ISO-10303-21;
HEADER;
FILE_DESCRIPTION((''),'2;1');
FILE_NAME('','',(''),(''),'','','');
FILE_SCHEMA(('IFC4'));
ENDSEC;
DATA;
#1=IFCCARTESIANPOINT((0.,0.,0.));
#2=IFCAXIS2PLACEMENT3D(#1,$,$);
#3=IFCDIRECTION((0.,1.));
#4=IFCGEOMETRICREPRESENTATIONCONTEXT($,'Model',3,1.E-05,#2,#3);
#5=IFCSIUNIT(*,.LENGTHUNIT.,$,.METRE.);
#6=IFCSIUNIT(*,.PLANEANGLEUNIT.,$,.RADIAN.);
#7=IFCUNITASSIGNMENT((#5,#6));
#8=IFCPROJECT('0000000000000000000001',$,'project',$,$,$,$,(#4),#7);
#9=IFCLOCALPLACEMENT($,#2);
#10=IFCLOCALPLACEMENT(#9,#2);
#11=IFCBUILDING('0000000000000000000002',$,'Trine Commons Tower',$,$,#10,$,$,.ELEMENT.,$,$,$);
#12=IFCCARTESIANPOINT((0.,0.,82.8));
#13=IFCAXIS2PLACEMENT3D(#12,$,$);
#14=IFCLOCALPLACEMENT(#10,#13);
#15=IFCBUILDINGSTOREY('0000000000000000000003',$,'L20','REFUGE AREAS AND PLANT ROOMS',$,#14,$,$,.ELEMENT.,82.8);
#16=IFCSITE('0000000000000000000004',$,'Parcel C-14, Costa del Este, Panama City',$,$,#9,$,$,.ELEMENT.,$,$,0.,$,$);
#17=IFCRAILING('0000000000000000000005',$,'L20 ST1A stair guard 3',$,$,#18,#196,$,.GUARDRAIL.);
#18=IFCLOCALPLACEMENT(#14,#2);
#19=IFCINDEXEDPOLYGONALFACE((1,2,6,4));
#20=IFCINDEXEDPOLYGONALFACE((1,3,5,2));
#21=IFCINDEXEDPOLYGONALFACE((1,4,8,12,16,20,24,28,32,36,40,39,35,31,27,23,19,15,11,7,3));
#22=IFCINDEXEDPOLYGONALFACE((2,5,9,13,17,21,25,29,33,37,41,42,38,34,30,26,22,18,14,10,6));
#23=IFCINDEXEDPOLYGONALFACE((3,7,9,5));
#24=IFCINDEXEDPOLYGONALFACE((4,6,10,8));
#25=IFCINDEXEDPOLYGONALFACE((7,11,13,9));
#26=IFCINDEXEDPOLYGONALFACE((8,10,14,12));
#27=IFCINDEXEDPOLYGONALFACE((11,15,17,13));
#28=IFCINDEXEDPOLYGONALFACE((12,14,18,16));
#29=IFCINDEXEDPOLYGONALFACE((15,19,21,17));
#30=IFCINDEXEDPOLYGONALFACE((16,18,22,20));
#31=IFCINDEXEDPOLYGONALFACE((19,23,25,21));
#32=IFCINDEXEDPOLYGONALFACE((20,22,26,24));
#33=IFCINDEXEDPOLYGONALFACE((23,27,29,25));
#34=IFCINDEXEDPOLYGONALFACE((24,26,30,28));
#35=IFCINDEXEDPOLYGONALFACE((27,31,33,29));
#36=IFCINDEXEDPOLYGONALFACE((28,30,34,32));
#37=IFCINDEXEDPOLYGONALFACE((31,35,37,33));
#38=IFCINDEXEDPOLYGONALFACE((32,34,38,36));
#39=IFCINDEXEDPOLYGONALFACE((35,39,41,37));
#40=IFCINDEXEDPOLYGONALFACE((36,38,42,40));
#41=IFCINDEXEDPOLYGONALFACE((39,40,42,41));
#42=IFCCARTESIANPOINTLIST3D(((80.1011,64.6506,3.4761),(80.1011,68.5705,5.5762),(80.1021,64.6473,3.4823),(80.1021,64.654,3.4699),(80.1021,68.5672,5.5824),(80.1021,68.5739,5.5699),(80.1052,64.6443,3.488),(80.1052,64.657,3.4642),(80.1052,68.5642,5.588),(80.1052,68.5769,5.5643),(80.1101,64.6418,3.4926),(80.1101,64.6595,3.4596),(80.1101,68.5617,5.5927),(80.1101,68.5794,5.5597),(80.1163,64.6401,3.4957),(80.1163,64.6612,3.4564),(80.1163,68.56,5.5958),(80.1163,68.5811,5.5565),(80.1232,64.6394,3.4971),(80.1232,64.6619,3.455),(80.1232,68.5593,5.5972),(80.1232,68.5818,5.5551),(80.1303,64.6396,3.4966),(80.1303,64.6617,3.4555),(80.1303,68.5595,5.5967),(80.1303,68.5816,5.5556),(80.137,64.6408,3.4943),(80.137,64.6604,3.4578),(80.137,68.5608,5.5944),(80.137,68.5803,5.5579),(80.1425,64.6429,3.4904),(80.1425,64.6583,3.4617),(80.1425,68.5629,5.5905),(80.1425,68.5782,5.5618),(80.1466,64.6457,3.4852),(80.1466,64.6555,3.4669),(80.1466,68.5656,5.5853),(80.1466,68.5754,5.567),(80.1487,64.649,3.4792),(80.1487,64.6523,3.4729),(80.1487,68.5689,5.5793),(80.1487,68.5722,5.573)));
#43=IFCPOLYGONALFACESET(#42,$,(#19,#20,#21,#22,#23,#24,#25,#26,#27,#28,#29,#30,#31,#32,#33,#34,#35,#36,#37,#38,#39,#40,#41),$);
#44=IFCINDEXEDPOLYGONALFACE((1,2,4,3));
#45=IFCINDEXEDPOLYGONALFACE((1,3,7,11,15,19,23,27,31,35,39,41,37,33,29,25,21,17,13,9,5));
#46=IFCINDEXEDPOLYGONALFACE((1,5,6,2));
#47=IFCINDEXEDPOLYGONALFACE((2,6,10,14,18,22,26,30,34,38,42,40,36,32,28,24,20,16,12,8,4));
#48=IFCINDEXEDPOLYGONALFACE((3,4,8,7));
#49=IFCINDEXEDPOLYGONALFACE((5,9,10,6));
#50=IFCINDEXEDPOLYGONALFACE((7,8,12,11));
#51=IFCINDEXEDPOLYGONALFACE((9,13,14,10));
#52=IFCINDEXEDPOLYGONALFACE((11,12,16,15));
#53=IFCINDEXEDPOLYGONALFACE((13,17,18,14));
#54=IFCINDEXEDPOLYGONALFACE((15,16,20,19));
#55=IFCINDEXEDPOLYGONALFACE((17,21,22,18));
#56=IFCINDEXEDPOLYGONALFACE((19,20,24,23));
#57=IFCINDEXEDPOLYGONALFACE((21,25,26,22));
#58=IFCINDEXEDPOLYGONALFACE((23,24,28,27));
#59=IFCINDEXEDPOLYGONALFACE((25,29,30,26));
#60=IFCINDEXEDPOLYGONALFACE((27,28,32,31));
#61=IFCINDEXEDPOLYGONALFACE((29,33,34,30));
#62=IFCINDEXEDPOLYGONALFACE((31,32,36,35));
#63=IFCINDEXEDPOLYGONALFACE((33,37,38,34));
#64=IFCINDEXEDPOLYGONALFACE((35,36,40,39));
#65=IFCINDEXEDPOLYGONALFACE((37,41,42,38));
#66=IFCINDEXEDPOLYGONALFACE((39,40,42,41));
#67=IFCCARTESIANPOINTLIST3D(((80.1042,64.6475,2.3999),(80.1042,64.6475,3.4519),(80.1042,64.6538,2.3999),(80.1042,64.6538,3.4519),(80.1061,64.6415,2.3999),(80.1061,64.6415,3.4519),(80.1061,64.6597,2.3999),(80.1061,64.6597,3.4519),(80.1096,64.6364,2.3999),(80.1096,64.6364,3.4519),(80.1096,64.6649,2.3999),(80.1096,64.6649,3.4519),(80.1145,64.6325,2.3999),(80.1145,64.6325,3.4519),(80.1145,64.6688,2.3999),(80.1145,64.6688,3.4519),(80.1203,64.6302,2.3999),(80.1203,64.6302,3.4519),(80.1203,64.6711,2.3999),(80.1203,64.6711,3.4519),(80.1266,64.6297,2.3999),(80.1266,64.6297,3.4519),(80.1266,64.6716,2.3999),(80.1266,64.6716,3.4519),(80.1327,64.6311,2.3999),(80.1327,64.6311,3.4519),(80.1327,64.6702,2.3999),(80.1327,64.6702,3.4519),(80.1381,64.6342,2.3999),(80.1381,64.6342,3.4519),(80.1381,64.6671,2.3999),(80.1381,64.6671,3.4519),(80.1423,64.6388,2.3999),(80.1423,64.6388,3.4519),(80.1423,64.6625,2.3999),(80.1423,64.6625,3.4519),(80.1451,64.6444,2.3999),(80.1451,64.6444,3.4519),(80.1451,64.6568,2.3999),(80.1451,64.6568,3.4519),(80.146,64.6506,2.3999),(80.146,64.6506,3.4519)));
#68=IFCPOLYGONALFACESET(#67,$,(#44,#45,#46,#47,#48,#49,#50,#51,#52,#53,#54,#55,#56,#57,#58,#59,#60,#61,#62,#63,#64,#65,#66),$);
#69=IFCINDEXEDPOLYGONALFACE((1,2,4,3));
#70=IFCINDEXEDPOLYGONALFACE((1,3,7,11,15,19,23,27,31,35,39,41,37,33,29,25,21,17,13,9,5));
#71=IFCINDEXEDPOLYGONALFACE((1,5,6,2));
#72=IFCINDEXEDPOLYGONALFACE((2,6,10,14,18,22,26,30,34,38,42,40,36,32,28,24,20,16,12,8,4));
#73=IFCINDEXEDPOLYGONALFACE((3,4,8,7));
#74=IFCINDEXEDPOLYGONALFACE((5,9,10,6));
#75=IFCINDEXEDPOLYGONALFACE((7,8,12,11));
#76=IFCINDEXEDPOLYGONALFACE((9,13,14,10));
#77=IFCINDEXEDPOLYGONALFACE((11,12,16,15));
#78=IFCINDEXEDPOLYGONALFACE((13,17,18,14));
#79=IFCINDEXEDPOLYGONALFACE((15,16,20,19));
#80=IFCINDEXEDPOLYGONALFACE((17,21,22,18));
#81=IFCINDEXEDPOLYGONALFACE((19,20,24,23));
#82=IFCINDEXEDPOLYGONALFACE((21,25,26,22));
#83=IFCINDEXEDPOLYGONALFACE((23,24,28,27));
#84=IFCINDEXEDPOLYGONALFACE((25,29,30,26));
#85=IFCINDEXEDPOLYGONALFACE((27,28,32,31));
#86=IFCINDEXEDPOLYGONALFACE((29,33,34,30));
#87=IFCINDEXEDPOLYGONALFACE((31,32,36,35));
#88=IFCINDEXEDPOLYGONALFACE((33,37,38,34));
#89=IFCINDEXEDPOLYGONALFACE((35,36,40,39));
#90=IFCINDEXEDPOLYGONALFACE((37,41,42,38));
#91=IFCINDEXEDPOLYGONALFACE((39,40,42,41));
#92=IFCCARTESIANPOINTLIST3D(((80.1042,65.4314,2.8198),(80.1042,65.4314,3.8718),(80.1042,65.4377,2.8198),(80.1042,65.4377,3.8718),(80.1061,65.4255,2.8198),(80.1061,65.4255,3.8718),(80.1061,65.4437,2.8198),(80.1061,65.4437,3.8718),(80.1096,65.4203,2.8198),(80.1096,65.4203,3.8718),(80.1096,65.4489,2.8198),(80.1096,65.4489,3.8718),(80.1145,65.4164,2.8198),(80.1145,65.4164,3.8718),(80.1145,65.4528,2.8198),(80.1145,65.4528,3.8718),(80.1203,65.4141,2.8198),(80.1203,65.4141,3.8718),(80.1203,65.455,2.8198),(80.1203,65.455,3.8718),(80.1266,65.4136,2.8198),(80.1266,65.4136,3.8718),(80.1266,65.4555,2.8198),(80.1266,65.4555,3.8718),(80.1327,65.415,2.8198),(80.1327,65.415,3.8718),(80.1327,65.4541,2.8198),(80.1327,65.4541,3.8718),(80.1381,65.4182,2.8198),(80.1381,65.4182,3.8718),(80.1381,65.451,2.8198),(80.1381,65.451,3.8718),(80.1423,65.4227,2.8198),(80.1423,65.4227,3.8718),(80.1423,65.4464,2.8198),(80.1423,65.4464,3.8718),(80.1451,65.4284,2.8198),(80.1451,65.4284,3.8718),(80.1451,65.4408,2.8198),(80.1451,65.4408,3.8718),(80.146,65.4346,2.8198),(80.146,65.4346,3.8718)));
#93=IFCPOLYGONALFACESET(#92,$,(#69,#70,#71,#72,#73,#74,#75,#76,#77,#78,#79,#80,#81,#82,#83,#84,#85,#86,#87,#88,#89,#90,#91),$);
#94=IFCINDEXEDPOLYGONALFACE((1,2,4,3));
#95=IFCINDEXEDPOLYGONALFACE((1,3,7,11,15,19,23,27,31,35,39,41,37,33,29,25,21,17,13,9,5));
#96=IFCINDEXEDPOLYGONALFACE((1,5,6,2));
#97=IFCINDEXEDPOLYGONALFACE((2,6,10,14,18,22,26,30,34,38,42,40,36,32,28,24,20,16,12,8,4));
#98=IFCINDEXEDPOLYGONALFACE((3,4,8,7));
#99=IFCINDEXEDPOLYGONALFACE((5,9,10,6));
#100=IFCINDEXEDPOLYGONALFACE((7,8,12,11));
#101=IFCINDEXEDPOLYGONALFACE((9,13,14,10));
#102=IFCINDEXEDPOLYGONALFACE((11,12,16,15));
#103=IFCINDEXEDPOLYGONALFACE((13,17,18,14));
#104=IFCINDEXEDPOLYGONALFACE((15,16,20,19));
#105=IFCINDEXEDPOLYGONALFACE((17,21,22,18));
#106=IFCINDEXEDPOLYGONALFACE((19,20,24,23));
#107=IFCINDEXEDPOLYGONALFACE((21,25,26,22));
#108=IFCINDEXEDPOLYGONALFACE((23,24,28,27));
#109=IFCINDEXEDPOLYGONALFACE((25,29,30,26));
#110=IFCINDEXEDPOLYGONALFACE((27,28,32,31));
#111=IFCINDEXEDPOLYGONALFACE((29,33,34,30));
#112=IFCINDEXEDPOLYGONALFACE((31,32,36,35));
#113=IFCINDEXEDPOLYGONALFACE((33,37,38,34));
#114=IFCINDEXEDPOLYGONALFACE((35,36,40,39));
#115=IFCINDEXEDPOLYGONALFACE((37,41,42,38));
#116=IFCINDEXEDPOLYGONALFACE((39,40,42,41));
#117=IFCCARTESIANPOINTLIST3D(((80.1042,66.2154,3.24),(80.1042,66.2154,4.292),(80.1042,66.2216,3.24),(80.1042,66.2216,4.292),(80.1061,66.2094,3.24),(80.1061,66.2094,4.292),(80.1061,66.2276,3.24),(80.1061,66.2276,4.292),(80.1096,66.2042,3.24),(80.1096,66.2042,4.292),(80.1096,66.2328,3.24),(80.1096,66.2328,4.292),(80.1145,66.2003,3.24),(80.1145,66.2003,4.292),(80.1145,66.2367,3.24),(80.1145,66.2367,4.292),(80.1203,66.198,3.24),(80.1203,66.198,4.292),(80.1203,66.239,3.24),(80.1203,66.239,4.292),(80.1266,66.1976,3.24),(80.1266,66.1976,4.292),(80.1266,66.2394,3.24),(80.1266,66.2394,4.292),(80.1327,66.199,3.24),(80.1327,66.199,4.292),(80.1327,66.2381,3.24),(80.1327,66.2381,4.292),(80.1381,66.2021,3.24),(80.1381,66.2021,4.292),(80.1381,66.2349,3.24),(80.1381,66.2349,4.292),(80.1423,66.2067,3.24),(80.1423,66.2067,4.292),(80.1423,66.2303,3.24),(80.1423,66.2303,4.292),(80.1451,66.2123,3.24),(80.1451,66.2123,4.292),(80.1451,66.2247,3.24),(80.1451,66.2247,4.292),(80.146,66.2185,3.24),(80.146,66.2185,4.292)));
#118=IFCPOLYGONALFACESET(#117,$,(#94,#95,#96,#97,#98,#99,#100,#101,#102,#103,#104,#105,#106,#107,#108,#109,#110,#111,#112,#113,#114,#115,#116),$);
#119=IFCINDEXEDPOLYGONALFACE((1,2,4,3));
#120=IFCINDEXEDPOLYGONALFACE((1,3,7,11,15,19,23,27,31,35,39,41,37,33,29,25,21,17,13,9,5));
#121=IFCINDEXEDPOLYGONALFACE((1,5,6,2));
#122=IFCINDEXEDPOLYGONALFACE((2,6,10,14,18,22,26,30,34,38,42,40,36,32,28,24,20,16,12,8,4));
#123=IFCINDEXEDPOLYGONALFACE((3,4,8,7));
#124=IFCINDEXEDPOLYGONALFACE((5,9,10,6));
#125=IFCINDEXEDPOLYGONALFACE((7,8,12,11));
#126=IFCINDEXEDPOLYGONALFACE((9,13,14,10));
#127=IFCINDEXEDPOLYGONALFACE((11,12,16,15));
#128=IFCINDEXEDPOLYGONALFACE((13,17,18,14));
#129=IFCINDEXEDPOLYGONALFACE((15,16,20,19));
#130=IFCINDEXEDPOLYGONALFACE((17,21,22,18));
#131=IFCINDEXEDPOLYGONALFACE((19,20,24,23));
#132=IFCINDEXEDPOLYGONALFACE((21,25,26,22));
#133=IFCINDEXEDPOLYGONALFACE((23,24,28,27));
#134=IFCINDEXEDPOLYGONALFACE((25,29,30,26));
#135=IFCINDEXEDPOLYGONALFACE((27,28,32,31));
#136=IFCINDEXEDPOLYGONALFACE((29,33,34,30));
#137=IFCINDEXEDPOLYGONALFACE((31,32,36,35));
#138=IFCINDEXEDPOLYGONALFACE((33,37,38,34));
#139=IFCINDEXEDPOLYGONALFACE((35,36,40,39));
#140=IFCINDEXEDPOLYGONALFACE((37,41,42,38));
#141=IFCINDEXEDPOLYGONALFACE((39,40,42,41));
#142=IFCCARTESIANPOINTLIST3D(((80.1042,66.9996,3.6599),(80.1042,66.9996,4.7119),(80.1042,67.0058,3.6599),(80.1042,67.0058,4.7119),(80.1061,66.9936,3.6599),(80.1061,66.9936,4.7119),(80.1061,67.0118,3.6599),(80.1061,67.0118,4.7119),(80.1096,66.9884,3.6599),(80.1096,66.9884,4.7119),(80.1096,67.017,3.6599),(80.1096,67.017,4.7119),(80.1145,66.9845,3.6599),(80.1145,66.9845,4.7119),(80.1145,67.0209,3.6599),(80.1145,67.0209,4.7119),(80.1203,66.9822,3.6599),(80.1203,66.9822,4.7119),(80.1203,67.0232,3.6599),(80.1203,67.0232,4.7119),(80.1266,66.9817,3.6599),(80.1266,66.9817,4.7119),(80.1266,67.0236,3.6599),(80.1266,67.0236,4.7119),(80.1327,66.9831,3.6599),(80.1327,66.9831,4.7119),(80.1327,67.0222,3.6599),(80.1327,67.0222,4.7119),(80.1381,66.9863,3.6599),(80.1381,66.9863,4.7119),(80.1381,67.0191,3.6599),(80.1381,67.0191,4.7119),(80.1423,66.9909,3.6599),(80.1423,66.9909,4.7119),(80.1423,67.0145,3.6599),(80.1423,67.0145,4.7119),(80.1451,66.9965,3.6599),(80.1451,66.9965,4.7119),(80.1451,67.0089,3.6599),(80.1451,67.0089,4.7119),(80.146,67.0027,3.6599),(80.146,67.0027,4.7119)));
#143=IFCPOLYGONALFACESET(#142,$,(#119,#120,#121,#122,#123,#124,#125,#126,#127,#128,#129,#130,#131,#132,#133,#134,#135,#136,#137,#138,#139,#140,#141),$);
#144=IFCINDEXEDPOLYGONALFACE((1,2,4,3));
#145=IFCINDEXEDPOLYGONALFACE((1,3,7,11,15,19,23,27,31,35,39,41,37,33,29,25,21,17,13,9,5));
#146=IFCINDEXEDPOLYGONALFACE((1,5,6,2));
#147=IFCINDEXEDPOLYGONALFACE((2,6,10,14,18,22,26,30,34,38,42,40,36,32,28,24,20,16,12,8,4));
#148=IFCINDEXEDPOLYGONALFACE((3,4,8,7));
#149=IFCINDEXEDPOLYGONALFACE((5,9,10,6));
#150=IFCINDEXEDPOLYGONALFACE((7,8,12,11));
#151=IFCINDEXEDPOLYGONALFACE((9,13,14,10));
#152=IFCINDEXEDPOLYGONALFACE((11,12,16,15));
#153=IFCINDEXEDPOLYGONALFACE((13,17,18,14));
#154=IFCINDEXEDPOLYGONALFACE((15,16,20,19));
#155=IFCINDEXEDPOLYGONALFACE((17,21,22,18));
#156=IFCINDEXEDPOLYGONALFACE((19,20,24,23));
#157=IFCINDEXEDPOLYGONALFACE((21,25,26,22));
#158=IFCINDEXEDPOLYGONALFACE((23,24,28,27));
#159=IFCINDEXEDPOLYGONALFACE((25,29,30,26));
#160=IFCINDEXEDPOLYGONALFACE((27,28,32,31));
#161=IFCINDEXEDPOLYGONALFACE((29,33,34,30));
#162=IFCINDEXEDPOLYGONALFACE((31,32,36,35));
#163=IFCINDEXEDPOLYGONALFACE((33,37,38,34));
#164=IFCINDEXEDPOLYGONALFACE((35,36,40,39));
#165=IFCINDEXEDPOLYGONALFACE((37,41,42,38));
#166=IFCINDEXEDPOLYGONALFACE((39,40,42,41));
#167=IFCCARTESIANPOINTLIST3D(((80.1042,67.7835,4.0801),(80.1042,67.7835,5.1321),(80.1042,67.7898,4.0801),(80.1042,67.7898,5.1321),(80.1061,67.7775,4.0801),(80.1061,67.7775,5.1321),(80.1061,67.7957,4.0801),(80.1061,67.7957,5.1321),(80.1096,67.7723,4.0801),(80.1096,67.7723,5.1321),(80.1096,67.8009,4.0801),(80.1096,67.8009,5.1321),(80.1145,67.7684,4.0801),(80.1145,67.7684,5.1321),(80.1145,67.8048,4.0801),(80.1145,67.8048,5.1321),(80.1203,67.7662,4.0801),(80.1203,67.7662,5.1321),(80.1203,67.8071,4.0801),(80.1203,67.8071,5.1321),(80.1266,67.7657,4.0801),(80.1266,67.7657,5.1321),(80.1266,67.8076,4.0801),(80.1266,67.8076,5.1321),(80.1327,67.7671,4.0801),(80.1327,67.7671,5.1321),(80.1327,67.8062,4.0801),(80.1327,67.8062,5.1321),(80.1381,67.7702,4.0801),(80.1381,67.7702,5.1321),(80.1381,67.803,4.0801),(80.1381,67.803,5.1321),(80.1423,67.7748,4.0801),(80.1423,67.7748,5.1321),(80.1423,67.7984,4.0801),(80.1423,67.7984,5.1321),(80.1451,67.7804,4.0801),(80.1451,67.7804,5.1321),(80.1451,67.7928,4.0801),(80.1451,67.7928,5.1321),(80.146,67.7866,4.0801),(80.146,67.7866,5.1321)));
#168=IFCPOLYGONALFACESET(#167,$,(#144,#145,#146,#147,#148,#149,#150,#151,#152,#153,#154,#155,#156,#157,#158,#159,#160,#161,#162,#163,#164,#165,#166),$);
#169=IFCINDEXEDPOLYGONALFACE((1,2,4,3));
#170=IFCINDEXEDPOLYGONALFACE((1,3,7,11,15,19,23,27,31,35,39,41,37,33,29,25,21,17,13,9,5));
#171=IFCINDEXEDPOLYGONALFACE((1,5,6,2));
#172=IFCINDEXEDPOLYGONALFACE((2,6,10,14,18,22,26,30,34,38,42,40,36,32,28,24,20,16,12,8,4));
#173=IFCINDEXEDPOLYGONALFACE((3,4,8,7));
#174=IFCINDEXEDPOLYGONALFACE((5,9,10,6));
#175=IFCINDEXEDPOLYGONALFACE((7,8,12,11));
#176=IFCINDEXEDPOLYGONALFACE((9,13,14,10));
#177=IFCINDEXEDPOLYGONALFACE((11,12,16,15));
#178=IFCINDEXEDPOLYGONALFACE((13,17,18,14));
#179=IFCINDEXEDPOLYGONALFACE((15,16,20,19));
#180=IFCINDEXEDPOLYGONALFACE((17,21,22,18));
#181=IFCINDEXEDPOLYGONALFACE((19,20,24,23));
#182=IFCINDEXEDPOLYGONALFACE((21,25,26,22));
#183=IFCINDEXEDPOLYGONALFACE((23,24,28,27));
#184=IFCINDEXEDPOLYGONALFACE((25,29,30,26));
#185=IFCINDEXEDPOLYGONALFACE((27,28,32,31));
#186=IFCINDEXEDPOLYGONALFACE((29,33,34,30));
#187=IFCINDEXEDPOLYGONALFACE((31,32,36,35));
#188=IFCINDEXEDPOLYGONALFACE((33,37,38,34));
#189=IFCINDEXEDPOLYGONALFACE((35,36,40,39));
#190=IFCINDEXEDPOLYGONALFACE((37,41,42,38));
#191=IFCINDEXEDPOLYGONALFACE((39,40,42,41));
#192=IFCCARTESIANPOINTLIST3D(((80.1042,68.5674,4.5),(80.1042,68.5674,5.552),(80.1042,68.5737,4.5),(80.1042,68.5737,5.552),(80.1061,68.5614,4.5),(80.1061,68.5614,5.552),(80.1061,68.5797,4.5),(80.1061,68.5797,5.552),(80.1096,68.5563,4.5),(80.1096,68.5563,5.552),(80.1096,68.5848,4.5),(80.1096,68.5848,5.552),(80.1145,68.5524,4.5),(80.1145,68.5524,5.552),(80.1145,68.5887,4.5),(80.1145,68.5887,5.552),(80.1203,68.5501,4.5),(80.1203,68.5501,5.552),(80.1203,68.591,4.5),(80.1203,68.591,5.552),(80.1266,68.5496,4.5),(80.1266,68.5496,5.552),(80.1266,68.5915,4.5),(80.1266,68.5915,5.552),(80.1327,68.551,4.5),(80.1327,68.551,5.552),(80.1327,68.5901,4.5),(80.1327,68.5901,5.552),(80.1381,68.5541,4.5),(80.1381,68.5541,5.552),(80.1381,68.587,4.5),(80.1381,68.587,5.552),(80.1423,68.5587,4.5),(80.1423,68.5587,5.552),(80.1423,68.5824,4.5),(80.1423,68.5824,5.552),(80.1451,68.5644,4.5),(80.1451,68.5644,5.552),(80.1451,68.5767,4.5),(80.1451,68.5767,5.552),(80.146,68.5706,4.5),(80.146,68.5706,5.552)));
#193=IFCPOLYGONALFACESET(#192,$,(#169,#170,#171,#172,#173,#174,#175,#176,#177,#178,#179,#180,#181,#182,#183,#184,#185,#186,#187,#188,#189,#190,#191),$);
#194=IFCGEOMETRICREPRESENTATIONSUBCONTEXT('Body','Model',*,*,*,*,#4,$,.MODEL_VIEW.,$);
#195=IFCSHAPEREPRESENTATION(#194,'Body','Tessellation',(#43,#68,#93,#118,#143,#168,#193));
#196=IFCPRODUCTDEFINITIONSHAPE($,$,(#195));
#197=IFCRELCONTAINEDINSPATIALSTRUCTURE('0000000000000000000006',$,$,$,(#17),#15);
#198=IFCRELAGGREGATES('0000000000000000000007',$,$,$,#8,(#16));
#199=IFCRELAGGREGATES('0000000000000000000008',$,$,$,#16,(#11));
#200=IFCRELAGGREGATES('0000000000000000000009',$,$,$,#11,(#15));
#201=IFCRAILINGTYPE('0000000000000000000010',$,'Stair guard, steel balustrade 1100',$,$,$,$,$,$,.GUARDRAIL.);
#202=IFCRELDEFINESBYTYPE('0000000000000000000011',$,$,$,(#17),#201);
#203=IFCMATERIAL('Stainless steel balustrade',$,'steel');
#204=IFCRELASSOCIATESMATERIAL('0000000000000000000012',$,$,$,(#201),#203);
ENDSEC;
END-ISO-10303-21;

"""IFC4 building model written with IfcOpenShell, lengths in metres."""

from ifc_helpers import new_model, si_unit, direction, frame, origin, origin_2d, place, context, subcontext, project, spatial, circle, extrude, material, type_object, element, save


model = new_model("IFC4")

# Units and contexts
model_context = context("Model", 3, precision=1e-05, world=origin(), true_north=direction((0.0, 1.0)))
body_context = subcontext(model_context, "Body", "Model", "MODEL_VIEW")
ifc_project = project(units=[si_unit("LENGTHUNIT", "METRE"), si_unit("PLANEANGLEUNIT", "RADIAN")], contexts=[model_context])

# Site, building, storey
site_placement = place(None, origin())
site = spatial("IfcSite", under=ifc_project, at=site_placement, Name="Parcel C-14, Costa del Este, Panama City", CompositionType="ELEMENT", RefElevation=0.0)
building_placement = place(site_placement, origin())
building = spatial("IfcBuilding", under=site, at=building_placement, Name="Trine Commons Tower", CompositionType="ELEMENT")
storey_placement = place(building_placement, frame((0.0, 0.0, 82.8)))
storey = spatial("IfcBuildingStorey", under=building, at=storey_placement, Name="L20", Description="REFUGE AREAS AND PLANT ROOMS", CompositionType="ELEMENT", Elevation=82.8)

# Railing
ifc_material_1 = material(Name="Stainless steel balustrade", Category="steel")
railing_type_1 = type_object("IfcRailingType", Name="Stair guard, steel balustrade 1100", PredefinedType="GUARDRAIL", material=ifc_material_1)
railing_1_placement = place(storey_placement, frame((80.125, 64.6506, 2.3999)))
element("IfcRailing", 1, at=railing_1_placement, inside=storey, type_object=railing_type_1, Name="L20 ST1A stair guard 3", PredefinedType="GUARDRAIL", context=body_context, shape_type="SweptSolid", body=[
    extrude(circle(Radius=0.0239, at=origin_2d()), frame((0.0, 0.0, 1.0762), z_axis=(0.0, 0.881467, 0.472246), x_axis=(-1.0, 0.0, 0.0)), (0.0, 0.0, 1.0), 4.447),
    extrude(circle(Radius=0.021, at=origin_2d()), origin(), (0.0, 0.0, 1.0), 1.052),
    extrude(circle(Radius=0.021, at=origin_2d()), frame((0.0, 0.7839, 0.4199)), (0.0, 0.0, 1.0), 1.052),
    extrude(circle(Radius=0.021, at=origin_2d()), frame((0.0, 1.5679, 0.8401)), (0.0, 0.0, 1.0), 1.052),
    extrude(circle(Radius=0.021, at=origin_2d()), frame((0.0, 2.3521, 1.26)), (0.0, 0.0, 1.0), 1.052),
    extrude(circle(Radius=0.021, at=origin_2d()), frame((0.0, 3.136, 1.6802)), (0.0, 0.0, 1.0), 1.052),
    extrude(circle(Radius=0.021, at=origin_2d()), frame((0.0, 3.9199, 2.1001)), (0.0, 0.0, 1.0), 1.052),
])

save(model, "model.ifc")
